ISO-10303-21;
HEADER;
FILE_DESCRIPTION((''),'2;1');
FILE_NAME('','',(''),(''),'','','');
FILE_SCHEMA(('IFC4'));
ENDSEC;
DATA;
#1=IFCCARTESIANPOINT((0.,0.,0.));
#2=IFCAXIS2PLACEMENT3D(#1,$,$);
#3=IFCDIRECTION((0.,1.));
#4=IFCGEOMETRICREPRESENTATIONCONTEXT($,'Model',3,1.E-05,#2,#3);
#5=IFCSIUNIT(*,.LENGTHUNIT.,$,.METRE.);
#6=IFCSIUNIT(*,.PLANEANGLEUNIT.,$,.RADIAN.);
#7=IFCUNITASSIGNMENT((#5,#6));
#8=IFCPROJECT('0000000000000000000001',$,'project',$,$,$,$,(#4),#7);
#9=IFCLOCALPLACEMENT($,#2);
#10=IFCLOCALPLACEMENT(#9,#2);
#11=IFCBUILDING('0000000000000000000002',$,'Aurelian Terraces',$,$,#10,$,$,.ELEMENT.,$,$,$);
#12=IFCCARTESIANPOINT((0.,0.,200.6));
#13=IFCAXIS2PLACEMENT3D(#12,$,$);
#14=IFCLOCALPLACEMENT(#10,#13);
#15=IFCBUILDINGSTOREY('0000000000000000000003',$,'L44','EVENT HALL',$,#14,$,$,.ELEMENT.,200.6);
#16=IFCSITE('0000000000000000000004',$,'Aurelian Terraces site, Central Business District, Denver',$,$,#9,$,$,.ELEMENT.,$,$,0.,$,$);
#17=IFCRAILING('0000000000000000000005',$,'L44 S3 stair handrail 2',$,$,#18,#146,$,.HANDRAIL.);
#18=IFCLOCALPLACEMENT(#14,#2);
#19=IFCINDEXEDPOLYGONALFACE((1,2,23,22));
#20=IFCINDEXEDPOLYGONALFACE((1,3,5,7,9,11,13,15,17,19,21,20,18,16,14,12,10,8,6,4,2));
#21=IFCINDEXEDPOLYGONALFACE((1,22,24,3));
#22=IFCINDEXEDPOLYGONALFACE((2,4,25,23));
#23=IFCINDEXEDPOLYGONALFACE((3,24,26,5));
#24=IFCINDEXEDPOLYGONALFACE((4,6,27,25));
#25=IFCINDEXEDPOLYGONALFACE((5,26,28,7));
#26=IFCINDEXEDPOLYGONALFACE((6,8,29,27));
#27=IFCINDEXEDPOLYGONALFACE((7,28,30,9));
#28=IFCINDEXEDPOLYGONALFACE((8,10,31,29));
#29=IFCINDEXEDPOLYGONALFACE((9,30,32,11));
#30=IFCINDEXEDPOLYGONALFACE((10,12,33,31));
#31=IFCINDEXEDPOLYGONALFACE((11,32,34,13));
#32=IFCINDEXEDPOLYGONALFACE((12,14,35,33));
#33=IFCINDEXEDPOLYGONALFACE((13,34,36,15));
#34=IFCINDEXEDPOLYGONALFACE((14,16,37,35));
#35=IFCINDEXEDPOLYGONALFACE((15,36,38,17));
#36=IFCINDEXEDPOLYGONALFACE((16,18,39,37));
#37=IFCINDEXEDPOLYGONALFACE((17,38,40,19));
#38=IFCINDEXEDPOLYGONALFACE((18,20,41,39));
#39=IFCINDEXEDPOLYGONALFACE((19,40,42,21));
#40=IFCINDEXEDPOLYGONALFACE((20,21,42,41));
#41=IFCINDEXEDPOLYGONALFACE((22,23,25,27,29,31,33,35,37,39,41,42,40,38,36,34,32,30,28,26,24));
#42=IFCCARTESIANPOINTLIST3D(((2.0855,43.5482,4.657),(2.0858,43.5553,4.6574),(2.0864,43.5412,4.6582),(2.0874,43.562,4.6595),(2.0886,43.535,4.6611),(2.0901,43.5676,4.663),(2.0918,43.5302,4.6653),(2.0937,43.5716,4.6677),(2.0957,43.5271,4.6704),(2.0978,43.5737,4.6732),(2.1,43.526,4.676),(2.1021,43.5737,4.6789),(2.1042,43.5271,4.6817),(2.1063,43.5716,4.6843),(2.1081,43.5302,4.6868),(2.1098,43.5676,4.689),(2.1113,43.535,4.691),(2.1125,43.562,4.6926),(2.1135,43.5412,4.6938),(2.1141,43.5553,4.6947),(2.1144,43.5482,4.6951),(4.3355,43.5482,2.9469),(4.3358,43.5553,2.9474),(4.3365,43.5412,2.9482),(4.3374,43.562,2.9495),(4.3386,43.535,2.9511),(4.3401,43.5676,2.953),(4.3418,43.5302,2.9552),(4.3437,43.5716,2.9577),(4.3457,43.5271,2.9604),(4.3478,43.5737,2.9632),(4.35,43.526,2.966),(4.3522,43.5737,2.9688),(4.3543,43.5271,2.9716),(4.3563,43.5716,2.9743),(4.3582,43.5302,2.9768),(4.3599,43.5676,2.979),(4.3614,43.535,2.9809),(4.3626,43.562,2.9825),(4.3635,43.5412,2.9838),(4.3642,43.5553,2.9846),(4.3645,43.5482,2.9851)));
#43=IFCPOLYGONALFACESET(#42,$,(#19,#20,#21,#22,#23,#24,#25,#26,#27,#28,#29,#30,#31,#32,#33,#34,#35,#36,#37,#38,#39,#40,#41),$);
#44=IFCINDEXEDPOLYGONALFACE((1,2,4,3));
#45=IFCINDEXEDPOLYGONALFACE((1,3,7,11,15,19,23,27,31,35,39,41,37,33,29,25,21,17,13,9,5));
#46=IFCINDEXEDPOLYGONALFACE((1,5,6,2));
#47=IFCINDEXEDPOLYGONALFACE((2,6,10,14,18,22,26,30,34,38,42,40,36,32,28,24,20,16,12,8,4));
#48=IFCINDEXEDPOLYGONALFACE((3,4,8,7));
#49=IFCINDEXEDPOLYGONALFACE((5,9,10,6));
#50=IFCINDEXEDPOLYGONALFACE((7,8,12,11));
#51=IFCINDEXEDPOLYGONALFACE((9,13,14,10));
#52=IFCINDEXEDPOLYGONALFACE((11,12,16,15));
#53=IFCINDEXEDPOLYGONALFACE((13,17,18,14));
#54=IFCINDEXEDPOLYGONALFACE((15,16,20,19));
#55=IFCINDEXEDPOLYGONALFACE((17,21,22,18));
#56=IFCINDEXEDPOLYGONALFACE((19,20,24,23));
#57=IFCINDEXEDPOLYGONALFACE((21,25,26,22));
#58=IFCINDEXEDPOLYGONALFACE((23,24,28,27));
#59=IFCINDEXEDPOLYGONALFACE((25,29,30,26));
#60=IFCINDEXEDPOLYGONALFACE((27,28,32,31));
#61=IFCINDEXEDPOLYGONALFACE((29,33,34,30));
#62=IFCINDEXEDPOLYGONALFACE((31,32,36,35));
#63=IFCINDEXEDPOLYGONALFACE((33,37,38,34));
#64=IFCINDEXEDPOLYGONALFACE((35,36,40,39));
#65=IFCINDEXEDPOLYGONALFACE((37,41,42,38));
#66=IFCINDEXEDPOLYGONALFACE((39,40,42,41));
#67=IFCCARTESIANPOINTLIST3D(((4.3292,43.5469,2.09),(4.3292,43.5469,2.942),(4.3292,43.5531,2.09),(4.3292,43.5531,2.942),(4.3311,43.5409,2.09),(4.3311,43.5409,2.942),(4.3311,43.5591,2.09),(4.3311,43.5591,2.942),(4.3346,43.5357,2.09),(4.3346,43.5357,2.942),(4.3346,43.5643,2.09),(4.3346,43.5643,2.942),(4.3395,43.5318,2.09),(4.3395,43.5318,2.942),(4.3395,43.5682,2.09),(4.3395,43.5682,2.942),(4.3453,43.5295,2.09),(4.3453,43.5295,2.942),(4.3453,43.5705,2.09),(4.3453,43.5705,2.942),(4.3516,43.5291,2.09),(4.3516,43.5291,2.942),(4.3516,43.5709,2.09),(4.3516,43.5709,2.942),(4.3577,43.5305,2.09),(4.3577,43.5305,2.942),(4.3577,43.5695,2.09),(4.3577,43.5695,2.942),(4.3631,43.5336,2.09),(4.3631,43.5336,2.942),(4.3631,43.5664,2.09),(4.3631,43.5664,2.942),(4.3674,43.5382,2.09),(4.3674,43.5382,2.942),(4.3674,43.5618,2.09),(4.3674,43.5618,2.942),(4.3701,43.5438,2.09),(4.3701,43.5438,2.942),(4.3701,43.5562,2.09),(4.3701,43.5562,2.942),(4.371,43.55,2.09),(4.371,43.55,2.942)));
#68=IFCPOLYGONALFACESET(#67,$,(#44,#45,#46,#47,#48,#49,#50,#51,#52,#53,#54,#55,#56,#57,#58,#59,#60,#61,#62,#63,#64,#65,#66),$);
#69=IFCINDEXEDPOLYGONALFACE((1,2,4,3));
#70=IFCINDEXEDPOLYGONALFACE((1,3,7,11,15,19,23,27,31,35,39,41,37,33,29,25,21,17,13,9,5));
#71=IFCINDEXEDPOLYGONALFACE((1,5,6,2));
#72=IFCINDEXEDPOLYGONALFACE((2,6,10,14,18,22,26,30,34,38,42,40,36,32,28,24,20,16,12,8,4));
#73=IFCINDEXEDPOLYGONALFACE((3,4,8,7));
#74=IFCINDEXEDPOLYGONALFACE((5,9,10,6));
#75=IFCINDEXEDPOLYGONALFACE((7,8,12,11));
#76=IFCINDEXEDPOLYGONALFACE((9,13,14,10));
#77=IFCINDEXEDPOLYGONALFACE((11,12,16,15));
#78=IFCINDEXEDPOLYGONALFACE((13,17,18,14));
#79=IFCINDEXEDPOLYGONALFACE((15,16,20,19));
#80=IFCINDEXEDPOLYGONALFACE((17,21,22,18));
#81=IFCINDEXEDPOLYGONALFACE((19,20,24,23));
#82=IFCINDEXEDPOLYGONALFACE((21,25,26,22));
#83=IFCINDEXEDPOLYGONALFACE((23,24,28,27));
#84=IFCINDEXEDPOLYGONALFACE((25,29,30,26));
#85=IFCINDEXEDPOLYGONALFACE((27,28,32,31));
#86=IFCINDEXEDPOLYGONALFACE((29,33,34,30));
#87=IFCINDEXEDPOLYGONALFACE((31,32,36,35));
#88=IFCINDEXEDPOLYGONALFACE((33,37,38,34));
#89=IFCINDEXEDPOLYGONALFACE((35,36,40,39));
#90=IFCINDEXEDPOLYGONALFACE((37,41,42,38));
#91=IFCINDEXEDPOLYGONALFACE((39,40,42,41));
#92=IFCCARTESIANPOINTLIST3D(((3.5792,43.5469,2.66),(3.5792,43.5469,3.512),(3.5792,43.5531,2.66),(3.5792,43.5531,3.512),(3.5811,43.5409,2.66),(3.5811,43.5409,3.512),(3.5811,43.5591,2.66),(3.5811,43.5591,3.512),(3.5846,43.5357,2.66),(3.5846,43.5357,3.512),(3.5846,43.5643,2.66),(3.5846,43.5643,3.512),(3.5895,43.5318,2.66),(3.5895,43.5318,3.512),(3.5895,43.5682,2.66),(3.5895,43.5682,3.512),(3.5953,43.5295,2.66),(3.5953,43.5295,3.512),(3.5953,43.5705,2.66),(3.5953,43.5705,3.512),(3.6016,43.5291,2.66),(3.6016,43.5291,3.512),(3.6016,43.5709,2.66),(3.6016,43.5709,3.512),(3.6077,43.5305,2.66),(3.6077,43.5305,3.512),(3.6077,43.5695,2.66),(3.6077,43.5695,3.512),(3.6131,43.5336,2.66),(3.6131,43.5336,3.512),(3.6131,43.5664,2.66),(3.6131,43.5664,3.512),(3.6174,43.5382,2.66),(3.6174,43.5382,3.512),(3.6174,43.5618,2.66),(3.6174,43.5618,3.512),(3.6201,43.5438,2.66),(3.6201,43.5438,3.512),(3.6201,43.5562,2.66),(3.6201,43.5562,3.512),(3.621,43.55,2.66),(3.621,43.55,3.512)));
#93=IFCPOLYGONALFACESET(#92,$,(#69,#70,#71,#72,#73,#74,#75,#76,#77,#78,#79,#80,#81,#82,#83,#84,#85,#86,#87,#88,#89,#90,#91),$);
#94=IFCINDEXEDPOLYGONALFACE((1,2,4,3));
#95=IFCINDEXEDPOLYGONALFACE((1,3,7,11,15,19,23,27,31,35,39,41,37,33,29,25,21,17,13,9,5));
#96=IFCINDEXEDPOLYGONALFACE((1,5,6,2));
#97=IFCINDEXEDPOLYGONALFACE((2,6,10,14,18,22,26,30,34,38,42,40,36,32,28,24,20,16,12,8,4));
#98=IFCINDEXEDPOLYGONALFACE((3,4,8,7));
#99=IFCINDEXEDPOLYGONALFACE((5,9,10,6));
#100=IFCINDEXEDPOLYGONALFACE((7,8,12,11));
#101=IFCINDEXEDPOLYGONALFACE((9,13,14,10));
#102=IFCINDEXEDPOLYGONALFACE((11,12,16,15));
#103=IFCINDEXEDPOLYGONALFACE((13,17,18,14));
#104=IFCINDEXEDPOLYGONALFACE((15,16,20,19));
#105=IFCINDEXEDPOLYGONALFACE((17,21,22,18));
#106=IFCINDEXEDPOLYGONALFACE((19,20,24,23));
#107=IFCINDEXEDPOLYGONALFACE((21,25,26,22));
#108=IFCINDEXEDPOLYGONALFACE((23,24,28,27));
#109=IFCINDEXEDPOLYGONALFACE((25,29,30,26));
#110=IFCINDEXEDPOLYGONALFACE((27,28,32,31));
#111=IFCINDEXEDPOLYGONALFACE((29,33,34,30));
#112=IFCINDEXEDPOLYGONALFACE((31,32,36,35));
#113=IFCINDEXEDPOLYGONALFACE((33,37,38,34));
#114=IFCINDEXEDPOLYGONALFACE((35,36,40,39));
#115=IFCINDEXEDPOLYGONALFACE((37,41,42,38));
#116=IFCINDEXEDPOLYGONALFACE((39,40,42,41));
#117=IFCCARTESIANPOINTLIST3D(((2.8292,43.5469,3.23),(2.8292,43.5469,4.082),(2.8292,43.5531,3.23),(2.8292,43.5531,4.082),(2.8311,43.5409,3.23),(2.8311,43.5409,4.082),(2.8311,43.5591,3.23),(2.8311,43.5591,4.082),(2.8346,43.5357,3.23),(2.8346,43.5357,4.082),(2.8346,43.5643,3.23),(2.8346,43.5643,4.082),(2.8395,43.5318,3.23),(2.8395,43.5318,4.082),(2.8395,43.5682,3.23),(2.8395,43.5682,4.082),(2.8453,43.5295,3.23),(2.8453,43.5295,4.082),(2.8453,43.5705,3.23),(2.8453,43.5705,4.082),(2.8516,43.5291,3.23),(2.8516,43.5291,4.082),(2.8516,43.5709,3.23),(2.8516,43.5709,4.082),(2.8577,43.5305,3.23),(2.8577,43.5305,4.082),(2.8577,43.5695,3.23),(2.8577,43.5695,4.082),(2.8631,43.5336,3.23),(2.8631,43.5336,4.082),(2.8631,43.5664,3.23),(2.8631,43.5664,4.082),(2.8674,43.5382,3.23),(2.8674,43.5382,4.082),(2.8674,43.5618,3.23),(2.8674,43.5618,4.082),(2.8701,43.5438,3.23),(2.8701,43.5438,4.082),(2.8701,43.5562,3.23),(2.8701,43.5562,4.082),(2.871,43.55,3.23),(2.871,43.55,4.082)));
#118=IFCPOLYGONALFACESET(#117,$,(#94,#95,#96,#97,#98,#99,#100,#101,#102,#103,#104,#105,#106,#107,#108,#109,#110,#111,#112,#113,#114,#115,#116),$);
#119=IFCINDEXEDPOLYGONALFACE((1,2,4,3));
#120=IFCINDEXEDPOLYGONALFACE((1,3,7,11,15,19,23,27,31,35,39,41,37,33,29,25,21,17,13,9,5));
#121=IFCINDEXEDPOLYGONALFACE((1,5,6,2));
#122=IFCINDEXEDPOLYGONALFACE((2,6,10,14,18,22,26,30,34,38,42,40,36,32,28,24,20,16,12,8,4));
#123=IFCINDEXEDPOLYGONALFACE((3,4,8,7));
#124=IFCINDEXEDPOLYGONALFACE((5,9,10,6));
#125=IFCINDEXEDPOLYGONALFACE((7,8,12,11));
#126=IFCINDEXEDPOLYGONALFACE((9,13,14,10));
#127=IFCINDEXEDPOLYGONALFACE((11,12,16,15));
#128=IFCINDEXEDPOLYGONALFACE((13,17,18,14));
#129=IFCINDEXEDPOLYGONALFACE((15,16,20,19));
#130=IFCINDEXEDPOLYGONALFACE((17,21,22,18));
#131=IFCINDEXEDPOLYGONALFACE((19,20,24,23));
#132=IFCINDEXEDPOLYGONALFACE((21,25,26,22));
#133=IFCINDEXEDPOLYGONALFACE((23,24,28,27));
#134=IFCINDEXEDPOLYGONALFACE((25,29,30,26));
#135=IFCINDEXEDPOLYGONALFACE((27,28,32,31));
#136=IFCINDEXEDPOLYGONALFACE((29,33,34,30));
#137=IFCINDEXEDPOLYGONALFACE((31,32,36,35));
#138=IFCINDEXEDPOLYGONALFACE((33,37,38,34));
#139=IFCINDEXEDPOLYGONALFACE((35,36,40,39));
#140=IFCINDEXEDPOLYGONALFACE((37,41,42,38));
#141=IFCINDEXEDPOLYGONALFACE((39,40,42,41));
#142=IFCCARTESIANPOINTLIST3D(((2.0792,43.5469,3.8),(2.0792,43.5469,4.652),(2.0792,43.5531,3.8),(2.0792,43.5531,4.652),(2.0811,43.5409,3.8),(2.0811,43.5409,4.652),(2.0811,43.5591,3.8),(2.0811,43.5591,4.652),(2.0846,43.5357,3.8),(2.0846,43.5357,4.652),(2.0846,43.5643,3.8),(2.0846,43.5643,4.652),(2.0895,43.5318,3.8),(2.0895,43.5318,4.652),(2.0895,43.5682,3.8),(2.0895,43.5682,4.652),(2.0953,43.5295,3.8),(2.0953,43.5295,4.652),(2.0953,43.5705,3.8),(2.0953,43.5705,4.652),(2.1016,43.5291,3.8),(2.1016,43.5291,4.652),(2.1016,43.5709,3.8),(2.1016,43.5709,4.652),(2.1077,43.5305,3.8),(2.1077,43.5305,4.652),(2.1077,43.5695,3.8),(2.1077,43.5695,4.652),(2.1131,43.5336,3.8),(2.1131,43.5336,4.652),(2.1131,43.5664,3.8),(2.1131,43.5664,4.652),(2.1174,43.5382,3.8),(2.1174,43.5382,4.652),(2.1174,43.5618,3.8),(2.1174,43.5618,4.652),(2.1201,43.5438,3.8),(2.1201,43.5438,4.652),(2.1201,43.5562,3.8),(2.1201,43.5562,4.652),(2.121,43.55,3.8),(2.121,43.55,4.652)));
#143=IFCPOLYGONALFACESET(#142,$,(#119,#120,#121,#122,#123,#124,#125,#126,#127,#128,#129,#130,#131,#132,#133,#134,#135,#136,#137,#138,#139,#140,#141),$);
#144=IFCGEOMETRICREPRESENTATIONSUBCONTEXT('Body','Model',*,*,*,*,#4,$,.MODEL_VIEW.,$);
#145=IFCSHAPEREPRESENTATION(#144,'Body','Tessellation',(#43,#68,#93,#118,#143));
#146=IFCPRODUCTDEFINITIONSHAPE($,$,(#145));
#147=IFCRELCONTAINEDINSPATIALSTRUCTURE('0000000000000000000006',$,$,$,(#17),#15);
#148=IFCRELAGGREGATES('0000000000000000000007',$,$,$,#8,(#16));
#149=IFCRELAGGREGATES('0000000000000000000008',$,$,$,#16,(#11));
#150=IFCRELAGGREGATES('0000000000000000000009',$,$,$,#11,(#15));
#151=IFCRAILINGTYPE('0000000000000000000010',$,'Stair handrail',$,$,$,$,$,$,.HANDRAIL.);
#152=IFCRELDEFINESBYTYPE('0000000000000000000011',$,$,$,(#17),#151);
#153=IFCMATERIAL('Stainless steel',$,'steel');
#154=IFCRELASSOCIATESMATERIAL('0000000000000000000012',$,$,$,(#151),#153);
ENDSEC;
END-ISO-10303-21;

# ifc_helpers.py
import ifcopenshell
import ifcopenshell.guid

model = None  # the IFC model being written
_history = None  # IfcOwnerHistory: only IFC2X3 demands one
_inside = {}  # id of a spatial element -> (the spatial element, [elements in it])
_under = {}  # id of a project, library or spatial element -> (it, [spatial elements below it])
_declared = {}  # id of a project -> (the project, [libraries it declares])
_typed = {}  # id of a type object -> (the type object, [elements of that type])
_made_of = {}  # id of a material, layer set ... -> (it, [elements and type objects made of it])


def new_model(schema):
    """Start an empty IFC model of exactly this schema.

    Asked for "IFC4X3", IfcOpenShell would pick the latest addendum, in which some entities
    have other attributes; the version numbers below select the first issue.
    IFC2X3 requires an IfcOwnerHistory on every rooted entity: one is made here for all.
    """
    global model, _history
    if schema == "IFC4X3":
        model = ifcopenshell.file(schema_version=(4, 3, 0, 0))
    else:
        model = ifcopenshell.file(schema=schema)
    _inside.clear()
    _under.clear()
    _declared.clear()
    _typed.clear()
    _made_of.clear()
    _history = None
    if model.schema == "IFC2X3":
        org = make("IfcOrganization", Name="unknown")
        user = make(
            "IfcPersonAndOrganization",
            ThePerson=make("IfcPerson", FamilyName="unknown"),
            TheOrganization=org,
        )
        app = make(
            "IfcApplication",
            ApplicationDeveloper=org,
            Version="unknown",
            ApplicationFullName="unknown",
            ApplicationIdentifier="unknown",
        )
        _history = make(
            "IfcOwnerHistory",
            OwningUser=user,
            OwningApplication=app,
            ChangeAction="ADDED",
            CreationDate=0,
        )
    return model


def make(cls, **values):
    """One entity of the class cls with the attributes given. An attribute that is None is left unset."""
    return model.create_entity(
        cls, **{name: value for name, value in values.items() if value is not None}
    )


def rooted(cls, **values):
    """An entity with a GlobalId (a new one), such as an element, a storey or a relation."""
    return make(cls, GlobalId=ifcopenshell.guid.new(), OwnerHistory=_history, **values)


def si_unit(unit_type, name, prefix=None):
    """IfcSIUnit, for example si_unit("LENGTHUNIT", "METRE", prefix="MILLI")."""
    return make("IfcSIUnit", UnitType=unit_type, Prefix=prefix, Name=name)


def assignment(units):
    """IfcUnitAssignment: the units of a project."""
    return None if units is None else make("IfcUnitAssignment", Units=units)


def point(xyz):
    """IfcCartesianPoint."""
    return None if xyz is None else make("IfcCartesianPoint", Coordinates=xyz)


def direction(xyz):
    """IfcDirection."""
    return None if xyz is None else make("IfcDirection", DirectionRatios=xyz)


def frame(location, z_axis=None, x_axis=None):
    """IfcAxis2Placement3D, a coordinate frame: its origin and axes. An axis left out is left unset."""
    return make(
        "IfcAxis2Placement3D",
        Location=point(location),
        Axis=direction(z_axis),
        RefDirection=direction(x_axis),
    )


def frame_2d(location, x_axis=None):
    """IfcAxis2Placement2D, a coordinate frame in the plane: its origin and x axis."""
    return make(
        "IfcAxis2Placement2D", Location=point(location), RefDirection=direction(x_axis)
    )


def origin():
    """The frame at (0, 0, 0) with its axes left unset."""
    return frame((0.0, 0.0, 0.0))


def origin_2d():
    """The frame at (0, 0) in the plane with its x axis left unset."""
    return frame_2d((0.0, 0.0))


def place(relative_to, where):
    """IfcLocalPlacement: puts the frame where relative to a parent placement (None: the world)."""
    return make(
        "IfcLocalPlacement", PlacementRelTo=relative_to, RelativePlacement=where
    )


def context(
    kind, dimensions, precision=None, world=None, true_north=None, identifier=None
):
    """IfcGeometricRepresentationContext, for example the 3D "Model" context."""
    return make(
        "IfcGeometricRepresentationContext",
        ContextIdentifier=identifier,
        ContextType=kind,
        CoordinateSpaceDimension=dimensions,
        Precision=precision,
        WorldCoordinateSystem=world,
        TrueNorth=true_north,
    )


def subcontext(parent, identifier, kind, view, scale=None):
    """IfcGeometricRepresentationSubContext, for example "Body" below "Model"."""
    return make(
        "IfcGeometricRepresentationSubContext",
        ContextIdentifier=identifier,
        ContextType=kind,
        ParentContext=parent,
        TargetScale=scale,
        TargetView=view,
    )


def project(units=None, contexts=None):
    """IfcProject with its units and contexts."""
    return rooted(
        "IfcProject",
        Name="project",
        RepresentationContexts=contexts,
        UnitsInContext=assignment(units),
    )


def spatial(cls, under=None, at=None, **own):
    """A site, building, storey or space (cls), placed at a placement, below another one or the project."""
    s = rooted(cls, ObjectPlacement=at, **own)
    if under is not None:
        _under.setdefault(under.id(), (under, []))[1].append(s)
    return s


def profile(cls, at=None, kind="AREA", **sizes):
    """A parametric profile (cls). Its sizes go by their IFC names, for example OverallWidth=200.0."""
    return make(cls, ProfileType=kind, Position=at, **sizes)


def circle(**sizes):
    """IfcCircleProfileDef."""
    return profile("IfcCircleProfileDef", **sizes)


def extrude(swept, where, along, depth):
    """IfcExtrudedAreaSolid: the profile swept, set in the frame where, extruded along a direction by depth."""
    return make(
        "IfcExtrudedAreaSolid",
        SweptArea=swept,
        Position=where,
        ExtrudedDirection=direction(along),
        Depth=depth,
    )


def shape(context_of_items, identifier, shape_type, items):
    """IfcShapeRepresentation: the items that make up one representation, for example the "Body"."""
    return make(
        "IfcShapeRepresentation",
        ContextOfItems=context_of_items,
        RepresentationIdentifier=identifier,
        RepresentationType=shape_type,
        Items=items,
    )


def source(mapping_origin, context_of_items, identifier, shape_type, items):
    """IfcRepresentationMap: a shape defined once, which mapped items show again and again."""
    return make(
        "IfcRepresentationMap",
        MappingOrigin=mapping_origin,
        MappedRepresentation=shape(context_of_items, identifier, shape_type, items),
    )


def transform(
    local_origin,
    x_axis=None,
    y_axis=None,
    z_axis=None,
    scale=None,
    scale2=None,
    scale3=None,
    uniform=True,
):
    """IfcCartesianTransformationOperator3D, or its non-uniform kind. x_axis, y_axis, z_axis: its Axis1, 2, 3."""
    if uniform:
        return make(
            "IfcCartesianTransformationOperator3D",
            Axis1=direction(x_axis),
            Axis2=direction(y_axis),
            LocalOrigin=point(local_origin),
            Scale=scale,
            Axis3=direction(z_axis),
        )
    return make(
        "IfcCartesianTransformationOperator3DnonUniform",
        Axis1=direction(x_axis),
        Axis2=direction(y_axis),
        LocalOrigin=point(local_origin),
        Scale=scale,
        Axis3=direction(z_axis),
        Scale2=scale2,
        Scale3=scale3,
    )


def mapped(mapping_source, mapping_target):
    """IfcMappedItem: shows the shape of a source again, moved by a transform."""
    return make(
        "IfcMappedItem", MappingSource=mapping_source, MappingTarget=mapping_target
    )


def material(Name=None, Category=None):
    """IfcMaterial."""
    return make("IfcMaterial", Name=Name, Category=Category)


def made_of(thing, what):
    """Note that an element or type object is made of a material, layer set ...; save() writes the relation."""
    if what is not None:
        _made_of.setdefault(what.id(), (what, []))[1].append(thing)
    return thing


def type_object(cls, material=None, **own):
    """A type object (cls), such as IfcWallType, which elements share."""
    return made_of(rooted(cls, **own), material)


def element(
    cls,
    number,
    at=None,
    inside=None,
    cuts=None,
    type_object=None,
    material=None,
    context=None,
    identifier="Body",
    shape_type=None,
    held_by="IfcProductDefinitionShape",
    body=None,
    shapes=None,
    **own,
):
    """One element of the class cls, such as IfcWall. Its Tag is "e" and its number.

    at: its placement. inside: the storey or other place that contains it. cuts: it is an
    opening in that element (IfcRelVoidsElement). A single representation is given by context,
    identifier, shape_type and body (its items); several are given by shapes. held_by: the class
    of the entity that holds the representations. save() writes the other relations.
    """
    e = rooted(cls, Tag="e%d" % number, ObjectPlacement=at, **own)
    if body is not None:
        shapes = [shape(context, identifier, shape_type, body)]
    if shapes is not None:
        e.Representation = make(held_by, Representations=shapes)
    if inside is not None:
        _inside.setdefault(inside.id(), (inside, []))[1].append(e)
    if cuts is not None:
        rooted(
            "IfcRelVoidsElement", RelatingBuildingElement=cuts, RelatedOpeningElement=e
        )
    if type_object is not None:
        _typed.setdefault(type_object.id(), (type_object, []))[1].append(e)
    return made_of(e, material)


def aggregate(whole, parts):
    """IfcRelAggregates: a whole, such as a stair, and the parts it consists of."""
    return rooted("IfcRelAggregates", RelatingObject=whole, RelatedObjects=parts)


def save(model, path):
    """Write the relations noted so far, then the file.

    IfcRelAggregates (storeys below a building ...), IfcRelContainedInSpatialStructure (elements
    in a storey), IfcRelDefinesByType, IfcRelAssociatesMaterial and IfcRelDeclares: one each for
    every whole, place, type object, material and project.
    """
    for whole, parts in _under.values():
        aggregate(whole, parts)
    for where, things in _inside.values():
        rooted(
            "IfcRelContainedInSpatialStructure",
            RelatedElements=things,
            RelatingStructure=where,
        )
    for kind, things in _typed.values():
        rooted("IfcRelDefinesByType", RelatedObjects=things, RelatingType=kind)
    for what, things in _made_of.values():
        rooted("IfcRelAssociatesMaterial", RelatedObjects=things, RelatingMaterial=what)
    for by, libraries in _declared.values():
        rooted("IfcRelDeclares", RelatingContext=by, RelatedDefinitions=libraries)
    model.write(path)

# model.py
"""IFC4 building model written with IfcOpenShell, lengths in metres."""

from ifc_helpers import new_model, si_unit, direction, frame, origin, origin_2d, place, context, subcontext, project, spatial, circle, extrude, source, transform, mapped, material, type_object, element, save


model = new_model("IFC4")

# Units and contexts
model_context = context("Model", 3, precision=1e-05, world=origin(), true_north=direction((0.0, 1.0)))
body_context = subcontext(model_context, "Body", "Model", "MODEL_VIEW")
ifc_project = project(units=[si_unit("LENGTHUNIT", "METRE"), si_unit("PLANEANGLEUNIT", "RADIAN")], contexts=[model_context])

# Site, building, storey
site_placement = place(None, origin())
site = spatial("IfcSite", under=ifc_project, at=site_placement, Name="Aurelian Terraces site, Central Business District, Denver", CompositionType="ELEMENT", RefElevation=0.0)
building_placement = place(site_placement, origin())
building = spatial("IfcBuilding", under=site, at=building_placement, Name="Aurelian Terraces", CompositionType="ELEMENT")
storey_placement = place(building_placement, frame((0.0, 0.0, 200.6)))
storey = spatial("IfcBuildingStorey", under=building, at=storey_placement, Name="L44", Description="EVENT HALL", CompositionType="ELEMENT", Elevation=200.6)

# Railing
ifc_material_1 = material(Name="Stainless steel", Category="steel")
railing_type_1 = type_object("IfcRailingType", Name="Stair handrail", PredefinedType="HANDRAIL", material=ifc_material_1)
shared_shape_1 = source(origin(), body_context, "Body", "SweptSolid", [
    extrude(circle(Radius=0.024, at=origin_2d()), frame((0.0, 0.0, 0.876), z_axis=(-0.796162, 0.0, 0.605083), x_axis=(0.0, -1.0, 0.0)), (0.0, 0.0, 1.0), 2.8261),
    extrude(circle(Radius=0.021, at=origin_2d()), origin(), (0.0, 0.0, 1.0), 0.852),
    extrude(circle(Radius=0.021, at=origin_2d()), frame((-0.75, 0.0, 0.57)), (0.0, 0.0, 1.0), 0.852),
    extrude(circle(Radius=0.021, at=origin_2d()), frame((-1.5, 0.0, 1.14)), (0.0, 0.0, 1.0), 0.852),
    extrude(circle(Radius=0.021, at=origin_2d()), frame((-2.25, 0.0, 1.71)), (0.0, 0.0, 1.0), 0.852),
])
railing_1_placement = place(storey_placement, frame((4.35, 43.55, 2.09)))
element("IfcRailing", 1, at=railing_1_placement, inside=storey, type_object=railing_type_1, Name="L44 S3 stair handrail 2", PredefinedType="HANDRAIL", context=body_context, shape_type="MappedRepresentation", body=[
    mapped(shared_shape_1, transform((0.0, 0.0, 0.0), scale=1.0)),
])

save(model, "model.ifc")
